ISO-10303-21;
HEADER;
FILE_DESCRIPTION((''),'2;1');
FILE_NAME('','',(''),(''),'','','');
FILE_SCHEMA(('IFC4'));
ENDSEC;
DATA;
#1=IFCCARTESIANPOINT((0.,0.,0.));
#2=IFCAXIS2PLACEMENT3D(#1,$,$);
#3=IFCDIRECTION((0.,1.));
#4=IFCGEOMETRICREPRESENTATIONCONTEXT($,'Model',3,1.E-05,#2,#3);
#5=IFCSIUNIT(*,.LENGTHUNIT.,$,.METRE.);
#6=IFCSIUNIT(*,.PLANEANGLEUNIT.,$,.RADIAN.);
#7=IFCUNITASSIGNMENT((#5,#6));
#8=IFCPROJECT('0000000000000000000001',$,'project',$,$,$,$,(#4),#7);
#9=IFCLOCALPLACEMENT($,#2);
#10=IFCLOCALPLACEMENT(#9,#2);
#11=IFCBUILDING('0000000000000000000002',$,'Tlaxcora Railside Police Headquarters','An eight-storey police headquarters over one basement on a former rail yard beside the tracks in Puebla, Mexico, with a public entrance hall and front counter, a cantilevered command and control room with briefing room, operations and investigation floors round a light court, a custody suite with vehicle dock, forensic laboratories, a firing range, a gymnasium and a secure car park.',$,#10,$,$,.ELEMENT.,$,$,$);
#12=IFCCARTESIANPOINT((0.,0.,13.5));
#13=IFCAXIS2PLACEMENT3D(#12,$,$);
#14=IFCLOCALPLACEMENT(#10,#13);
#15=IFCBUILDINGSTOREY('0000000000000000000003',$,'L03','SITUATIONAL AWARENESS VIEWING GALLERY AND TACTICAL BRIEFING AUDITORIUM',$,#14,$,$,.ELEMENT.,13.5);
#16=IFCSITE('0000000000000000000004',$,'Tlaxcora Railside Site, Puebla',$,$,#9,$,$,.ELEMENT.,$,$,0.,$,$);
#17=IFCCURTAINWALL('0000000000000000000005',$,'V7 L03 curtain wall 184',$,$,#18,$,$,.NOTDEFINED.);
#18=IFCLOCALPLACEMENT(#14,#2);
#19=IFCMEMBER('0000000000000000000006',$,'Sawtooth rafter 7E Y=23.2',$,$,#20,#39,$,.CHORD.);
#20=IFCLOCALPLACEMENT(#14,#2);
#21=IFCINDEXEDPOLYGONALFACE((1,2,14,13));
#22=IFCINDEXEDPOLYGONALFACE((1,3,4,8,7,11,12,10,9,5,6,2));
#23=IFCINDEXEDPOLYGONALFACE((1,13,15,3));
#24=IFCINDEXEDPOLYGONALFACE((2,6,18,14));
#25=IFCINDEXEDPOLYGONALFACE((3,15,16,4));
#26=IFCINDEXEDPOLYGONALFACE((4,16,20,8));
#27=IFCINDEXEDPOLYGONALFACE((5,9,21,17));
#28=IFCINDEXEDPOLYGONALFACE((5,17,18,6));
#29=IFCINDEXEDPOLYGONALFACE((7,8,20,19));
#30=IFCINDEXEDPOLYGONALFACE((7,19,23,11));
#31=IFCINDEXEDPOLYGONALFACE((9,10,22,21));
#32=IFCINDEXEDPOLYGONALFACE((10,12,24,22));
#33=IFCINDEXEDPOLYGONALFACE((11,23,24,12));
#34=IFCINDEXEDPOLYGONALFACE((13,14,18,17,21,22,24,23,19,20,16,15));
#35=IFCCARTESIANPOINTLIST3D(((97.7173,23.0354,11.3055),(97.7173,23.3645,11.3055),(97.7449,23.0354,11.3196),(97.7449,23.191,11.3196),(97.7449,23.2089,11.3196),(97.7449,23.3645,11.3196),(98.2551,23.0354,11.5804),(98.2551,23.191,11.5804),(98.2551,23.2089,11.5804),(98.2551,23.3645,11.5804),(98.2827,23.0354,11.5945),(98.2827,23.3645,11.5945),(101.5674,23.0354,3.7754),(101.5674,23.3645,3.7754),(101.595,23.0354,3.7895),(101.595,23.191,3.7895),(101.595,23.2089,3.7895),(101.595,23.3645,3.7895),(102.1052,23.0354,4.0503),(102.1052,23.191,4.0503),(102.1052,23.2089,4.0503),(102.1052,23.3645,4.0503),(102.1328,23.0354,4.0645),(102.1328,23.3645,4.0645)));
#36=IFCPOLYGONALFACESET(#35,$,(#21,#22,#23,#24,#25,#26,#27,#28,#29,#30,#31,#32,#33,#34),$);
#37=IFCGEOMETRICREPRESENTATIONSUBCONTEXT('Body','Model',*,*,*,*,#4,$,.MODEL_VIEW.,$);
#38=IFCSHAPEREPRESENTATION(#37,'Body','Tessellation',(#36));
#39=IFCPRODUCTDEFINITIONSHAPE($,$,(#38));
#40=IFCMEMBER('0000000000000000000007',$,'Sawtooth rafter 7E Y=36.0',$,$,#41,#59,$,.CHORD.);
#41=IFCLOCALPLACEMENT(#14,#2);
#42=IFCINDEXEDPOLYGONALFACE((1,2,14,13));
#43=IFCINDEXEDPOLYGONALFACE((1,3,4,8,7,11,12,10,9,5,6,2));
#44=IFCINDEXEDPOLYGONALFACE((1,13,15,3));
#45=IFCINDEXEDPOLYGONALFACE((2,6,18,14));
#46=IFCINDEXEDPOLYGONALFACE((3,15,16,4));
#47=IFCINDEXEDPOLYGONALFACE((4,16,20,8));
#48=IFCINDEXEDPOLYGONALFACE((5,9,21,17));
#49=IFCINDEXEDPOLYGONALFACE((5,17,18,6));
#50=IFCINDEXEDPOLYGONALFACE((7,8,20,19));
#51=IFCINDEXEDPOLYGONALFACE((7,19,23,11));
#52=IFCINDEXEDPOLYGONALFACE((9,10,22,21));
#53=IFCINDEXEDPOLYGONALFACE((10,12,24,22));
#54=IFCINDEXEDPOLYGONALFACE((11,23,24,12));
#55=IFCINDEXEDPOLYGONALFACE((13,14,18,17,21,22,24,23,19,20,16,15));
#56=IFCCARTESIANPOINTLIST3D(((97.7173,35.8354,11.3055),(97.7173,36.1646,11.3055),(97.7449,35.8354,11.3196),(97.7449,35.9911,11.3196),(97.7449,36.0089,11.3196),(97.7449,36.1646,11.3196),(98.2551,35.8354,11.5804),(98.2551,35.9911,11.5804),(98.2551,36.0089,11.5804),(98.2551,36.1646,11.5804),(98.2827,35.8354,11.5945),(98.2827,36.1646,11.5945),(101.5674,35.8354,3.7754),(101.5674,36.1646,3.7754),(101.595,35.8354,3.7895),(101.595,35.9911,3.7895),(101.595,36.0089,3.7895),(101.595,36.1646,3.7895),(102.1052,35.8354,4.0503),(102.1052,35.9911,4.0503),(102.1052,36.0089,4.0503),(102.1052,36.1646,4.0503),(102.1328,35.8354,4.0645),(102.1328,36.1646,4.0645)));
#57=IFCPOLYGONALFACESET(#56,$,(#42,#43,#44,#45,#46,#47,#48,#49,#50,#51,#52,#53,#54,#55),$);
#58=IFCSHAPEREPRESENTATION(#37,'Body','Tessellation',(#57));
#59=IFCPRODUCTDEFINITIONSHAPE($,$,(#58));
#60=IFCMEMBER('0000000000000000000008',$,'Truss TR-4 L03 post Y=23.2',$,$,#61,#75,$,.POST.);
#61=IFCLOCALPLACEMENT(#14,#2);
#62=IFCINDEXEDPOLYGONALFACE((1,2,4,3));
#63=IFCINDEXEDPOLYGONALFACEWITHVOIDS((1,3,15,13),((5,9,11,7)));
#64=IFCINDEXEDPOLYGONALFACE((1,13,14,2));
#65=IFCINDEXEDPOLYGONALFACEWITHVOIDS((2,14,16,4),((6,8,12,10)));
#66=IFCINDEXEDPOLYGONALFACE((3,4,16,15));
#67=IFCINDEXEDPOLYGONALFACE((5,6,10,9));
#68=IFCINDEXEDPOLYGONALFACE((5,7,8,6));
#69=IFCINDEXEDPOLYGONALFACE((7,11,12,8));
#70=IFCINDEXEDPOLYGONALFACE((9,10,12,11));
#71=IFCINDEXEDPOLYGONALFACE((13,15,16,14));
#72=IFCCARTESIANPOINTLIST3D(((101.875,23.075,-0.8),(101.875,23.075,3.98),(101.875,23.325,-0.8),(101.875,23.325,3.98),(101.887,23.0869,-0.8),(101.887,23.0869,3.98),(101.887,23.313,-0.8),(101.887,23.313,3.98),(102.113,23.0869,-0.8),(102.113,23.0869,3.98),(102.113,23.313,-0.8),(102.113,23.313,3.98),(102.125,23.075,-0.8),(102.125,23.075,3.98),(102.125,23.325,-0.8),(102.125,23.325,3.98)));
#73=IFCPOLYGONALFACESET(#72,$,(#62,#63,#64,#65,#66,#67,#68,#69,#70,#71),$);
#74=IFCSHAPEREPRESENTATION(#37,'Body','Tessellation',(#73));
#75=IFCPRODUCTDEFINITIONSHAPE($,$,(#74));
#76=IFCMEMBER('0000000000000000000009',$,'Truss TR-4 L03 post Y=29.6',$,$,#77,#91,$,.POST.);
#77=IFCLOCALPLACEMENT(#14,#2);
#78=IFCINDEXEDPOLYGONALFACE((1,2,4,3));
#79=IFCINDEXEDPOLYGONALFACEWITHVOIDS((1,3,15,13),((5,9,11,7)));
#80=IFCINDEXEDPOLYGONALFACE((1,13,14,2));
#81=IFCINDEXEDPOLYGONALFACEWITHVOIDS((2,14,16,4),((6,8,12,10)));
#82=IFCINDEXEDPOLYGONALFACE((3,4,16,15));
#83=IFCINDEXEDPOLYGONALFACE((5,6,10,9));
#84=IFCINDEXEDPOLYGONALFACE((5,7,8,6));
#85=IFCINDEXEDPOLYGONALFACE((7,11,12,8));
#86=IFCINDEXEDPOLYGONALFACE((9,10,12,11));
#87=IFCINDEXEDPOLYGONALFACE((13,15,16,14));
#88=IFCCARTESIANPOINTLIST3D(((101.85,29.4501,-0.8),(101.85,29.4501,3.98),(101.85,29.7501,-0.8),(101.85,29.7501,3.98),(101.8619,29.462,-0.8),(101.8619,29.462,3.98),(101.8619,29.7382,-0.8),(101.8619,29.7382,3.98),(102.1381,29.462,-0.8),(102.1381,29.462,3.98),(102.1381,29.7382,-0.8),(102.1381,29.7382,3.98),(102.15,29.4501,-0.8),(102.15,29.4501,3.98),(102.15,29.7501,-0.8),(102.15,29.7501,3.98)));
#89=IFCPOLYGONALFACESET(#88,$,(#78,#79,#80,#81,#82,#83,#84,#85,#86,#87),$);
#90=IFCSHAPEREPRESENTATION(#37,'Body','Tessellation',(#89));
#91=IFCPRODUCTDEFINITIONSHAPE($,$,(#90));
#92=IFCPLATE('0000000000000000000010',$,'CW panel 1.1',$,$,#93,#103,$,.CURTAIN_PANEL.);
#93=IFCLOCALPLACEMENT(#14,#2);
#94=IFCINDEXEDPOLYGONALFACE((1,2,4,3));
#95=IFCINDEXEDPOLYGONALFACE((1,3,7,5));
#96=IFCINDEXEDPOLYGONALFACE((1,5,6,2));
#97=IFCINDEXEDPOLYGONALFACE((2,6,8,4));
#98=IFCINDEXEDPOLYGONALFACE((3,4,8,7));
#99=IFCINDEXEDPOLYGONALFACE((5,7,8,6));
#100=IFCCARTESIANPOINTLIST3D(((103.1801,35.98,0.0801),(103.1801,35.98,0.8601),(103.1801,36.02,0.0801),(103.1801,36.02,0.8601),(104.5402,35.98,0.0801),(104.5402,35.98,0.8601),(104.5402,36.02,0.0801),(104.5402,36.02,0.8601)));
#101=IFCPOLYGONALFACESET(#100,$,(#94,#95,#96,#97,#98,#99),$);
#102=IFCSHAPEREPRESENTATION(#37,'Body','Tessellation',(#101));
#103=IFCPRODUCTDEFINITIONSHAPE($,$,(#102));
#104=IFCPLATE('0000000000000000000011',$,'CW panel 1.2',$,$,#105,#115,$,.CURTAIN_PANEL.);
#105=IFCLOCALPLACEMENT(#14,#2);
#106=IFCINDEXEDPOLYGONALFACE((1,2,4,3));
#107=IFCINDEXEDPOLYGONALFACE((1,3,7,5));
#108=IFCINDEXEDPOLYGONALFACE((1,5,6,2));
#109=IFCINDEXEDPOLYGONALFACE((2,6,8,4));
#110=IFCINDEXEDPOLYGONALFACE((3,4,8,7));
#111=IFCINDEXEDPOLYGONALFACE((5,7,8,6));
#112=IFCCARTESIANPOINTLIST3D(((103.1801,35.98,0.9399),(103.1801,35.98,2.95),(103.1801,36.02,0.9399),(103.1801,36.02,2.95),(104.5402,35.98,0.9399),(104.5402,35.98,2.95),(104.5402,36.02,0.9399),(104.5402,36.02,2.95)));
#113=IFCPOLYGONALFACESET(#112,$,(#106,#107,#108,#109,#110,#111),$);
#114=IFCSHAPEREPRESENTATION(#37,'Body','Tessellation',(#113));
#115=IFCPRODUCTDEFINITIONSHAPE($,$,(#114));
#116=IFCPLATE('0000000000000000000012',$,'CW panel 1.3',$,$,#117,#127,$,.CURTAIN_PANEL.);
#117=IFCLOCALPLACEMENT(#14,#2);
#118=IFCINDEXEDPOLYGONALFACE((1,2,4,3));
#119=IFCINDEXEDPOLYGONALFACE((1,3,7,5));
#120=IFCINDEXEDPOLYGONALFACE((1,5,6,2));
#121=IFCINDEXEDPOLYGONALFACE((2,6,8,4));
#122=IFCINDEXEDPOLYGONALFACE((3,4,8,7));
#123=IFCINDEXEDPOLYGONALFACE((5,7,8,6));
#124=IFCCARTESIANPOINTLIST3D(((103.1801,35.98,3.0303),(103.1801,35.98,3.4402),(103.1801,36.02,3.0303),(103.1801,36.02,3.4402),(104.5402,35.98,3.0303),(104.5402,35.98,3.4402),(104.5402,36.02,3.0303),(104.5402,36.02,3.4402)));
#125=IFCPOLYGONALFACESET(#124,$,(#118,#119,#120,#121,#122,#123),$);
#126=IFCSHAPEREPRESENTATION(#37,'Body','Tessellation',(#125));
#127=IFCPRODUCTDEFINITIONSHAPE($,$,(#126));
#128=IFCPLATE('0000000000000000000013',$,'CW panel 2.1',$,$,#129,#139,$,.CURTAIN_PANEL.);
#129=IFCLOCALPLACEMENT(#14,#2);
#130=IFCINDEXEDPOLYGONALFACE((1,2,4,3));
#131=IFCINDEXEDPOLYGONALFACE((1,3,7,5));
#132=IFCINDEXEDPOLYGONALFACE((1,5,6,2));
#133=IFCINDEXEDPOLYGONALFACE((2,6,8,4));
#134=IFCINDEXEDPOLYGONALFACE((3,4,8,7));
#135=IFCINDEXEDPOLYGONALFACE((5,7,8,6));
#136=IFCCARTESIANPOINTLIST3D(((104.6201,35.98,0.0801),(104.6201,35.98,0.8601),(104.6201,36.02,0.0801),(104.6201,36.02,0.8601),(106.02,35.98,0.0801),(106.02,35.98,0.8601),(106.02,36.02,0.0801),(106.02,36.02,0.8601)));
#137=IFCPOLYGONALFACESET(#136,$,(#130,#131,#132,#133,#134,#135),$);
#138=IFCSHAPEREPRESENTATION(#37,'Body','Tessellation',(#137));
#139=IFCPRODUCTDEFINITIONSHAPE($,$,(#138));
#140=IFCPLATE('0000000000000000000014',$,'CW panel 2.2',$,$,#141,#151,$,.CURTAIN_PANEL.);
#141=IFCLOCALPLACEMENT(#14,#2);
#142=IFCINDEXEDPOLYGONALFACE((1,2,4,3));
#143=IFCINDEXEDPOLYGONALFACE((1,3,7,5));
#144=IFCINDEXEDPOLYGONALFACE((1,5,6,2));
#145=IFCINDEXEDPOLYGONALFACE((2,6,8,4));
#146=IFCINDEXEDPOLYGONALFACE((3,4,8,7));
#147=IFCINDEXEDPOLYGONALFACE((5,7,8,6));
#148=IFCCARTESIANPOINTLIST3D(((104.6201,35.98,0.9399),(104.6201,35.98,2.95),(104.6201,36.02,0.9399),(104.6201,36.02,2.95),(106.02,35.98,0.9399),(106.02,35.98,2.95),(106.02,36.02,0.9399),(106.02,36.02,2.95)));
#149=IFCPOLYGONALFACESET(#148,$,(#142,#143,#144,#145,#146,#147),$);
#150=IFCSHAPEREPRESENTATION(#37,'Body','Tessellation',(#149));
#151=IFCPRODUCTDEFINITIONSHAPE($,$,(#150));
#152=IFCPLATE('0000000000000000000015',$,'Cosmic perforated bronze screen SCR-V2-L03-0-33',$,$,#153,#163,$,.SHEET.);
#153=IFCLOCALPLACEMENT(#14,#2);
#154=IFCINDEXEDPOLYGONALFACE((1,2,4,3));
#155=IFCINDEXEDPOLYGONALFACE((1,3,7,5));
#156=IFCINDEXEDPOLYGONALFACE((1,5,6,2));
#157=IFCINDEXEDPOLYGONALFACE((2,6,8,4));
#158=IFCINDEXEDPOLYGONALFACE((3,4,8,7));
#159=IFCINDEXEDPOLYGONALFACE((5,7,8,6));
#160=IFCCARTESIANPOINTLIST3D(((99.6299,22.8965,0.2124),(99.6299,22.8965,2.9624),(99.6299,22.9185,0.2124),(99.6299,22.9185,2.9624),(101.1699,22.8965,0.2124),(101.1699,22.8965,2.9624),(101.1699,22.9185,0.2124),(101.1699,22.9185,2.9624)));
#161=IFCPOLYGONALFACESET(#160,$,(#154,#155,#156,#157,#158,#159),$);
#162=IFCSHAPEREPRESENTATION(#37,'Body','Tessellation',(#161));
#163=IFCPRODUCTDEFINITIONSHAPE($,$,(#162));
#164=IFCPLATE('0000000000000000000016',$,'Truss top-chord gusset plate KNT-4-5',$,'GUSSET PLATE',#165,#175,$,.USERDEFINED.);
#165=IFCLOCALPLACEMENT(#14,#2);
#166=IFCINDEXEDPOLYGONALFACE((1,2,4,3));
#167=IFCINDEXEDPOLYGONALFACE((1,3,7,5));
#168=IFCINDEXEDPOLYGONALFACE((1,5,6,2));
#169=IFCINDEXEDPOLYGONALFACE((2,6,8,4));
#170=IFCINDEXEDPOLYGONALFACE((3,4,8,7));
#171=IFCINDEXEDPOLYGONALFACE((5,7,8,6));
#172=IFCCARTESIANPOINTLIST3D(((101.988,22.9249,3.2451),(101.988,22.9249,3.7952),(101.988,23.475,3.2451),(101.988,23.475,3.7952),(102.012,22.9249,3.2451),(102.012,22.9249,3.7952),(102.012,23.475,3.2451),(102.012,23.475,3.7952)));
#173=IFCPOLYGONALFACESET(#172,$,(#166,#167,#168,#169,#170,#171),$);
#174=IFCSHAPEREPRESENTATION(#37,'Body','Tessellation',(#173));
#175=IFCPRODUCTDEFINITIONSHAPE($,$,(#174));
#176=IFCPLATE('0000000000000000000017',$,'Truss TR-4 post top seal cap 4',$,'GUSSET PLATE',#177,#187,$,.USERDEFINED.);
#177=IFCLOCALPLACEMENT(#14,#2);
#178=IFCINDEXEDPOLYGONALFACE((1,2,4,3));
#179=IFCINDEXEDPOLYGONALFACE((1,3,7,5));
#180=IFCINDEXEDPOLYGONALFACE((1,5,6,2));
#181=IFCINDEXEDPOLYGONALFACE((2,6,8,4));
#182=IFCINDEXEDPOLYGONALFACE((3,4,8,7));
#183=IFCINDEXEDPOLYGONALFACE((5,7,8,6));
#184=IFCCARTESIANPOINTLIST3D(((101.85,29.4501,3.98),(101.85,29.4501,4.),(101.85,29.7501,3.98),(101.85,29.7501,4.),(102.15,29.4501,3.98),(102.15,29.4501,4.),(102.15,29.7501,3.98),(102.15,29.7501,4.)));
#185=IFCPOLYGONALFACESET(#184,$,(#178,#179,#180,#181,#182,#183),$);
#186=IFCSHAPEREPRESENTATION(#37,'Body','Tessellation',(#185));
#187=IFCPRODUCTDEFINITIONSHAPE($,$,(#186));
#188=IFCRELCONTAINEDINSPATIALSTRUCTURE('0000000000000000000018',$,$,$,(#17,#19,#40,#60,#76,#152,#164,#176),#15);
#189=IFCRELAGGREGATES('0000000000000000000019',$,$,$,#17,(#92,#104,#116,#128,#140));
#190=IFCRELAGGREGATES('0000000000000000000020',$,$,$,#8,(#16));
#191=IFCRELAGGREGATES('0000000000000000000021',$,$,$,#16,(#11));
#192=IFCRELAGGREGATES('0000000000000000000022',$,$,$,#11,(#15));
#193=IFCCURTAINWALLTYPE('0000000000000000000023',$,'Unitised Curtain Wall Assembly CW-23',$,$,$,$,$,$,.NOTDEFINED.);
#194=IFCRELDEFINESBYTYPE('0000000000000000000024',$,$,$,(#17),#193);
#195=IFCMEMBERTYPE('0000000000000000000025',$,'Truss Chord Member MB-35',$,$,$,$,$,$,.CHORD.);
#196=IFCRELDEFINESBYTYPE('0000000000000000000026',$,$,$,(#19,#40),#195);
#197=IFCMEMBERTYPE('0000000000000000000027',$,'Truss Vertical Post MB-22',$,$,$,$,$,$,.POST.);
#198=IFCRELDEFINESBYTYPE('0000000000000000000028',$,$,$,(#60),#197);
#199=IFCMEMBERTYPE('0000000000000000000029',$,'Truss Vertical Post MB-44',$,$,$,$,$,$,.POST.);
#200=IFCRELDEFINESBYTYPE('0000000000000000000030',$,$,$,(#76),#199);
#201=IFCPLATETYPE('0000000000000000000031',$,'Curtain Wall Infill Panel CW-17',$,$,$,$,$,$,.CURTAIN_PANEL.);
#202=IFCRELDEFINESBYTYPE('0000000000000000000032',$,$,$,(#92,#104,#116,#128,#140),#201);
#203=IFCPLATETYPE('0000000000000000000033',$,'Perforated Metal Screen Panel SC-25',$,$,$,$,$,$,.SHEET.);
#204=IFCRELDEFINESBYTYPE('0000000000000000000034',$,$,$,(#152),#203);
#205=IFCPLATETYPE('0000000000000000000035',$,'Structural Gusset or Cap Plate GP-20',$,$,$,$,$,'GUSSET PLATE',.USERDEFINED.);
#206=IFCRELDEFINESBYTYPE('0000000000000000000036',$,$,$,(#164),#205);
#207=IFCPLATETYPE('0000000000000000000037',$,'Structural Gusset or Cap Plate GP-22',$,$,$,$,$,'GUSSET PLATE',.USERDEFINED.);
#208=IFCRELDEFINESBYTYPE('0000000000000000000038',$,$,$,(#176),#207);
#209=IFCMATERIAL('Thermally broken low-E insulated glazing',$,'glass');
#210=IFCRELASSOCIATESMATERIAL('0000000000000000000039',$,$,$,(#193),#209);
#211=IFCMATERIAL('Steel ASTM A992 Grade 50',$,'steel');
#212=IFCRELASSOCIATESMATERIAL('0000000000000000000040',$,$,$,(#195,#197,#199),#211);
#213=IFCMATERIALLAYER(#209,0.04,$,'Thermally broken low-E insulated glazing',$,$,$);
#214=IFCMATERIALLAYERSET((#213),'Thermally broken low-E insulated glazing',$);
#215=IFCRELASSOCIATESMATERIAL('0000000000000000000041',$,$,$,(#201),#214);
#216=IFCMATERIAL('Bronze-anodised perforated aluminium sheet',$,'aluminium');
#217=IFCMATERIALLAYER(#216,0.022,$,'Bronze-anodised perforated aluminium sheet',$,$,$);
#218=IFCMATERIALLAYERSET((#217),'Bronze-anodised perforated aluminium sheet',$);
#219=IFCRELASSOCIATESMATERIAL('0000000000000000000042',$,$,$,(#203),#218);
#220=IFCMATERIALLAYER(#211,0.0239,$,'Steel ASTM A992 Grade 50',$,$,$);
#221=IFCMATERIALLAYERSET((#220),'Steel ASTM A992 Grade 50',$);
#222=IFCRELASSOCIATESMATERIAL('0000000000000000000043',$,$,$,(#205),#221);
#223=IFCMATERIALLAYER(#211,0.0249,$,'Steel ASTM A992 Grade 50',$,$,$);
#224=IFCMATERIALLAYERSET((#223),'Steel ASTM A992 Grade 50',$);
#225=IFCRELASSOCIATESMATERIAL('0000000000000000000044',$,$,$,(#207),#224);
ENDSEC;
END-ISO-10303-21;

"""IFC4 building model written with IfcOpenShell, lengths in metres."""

from ifc_helpers import new_model, si_unit, direction, frame, origin, origin_2d, place, context, subcontext, project, spatial, rectangle, hollow_rectangle, i_section, extrude, material, layer, layer_set, material_profile, profile_set, type_object, element, aggregate, save


model = new_model("IFC4")

# Units and contexts
model_context = context("Model", 3, precision=1e-05, world=origin(), true_north=direction((0.0, 1.0)))
body_context = subcontext(model_context, "Body", "Model", "MODEL_VIEW")
ifc_project = project(units=[si_unit("LENGTHUNIT", "METRE"), si_unit("PLANEANGLEUNIT", "RADIAN")], contexts=[model_context])

# Site, building, storey
site_placement = place(None, origin())
site = spatial("IfcSite", under=ifc_project, at=site_placement, Name="Tlaxcora Railside Site, Puebla", CompositionType="ELEMENT", RefElevation=0.0)
building_placement = place(site_placement, origin())
building = spatial("IfcBuilding", under=site, at=building_placement, Name="Tlaxcora Railside Police Headquarters", Description="An eight-storey police headquarters over one basement on a former rail yard beside the tracks in Puebla, Mexico, with a public entrance hall and front counter, a cantilevered command and control room with briefing room, operations and investigation floors round a light court, a custody suite with vehicle dock, forensic laboratories, a firing range, a gymnasium and a secure car park.", CompositionType="ELEMENT")
storey_placement = place(building_placement, frame((0.0, 0.0, 13.5)))
storey = spatial("IfcBuildingStorey", under=building, at=storey_placement, Name="L03", Description="SITUATIONAL AWARENESS VIEWING GALLERY AND TACTICAL BRIEFING AUDITORIUM", CompositionType="ELEMENT", Elevation=13.5)

# Curtain wall
ifc_material_1 = material(Name="Thermally broken low-E insulated glazing", Category="glass")
curtain_wall_type = type_object("IfcCurtainWallType", Name="Unitised Curtain Wall Assembly CW-23", PredefinedType="NOTDEFINED", material=ifc_material_1)
curtain_wall_placement = place(storey_placement, origin())
curtain_wall = element("IfcCurtainWall", 1, at=curtain_wall_placement, inside=storey, type_object=curtain_wall_type, Name="V7 L03 curtain wall 184", PredefinedType="NOTDEFINED")

# Shared definitions
ifc_material_2 = material(Name="Steel ASTM A992 Grade 50", Category="steel")

# Members
ifc_material_profile_1 = material_profile(ifc_material_2, i_section(OverallWidth=0.3291, OverallDepth=0.635, WebThickness=0.0178, FlangeThickness=0.031, at=origin_2d()), Name="W24X162")
ifc_profile_set_1 = profile_set([ifc_material_profile_1], Name="Steel ASTM A992 Grade 50")
member_type_1 = type_object("IfcMemberType", Name="Truss Chord Member MB-35", PredefinedType="CHORD", material=ifc_profile_set_1)
for number, where, z_axis, x_axis, name in (
    (2, (101.8501, 23.2, 3.9199), (-0.455244, 0.0, 0.890367), (0.0, -1.0, 0.0), "Sawtooth rafter 7E Y=23.2"),
    (3, (101.8501, 36.0, 3.9199), (-0.455244, 0.0, 0.890367), (0.0, -1.0, 0.0), "Sawtooth rafter 7E Y=36.0"),
):
    element("IfcMember", number, at=place(storey_placement, frame(where, z_axis=z_axis, x_axis=x_axis)), inside=storey, type_object=member_type_1, Name=name, PredefinedType="CHORD", context=body_context, shape_type="SweptSolid", body=[
        extrude(i_section(OverallWidth=0.3291, OverallDepth=0.635, WebThickness=0.0178, FlangeThickness=0.031, at=origin_2d()), origin(), (0.0, 0.0, 1.0), 8.4573),
    ])
ifc_material_profile_2 = material_profile(ifc_material_2, hollow_rectangle(XDim=0.25, YDim=0.25, WallThickness=0.012, at=origin_2d()), Name="HSS250X250X12")
ifc_profile_set_2 = profile_set([ifc_material_profile_2], Name="Steel ASTM A992 Grade 50")
member_type_2 = type_object("IfcMemberType", Name="Truss Vertical Post MB-22", PredefinedType="POST", material=ifc_profile_set_2)
member_1_placement = place(storey_placement, frame((102.0, 23.2, -0.8), z_axis=(0.0, 0.0, 1.0), x_axis=(1.0, 0.0, 0.0)))
element("IfcMember", 4, at=member_1_placement, inside=storey, type_object=member_type_2, Name="Truss TR-4 L03 post Y=23.2", PredefinedType="POST", context=body_context, shape_type="SweptSolid", body=[
    extrude(hollow_rectangle(XDim=0.25, YDim=0.25, WallThickness=0.012, at=origin_2d()), origin(), (0.0, 0.0, 1.0), 4.78),
])
ifc_material_profile_3 = material_profile(ifc_material_2, hollow_rectangle(XDim=0.3, YDim=0.3, WallThickness=0.012, at=origin_2d()), Name="HSS300X300X12")
ifc_profile_set_3 = profile_set([ifc_material_profile_3], Name="Steel ASTM A992 Grade 50")
member_type_3 = type_object("IfcMemberType", Name="Truss Vertical Post MB-44", PredefinedType="POST", material=ifc_profile_set_3)
member_2_placement = place(storey_placement, frame((102.0, 29.6001, -0.8), z_axis=(0.0, 0.0, 1.0), x_axis=(1.0, 0.0, 0.0)))
element("IfcMember", 5, at=member_2_placement, inside=storey, type_object=member_type_3, Name="Truss TR-4 L03 post Y=29.6", PredefinedType="POST", context=body_context, shape_type="SweptSolid", body=[
    extrude(hollow_rectangle(XDim=0.3, YDim=0.3, WallThickness=0.012, at=origin_2d()), origin(), (0.0, 0.0, 1.0), 4.78),
])

# Plates
ifc_layer_1 = layer(ifc_material_1, 0.04, Name="Thermally broken low-E insulated glazing")
ifc_layer_set_1 = layer_set([ifc_layer_1], Name="Thermally broken low-E insulated glazing")
plate_type_1 = type_object("IfcPlateType", Name="Curtain Wall Infill Panel CW-17", PredefinedType="CURTAIN_PANEL", material=ifc_layer_set_1)
plate_1_placement = place(storey_placement, frame((103.8601, 36.0, 0.0801), z_axis=(0.0, 0.0, 1.0), x_axis=(1.0, 0.0, 0.0)))
plate_1 = element("IfcPlate", 6, at=plate_1_placement, type_object=plate_type_1, Name="CW panel 1.1", PredefinedType="CURTAIN_PANEL", context=body_context, shape_type="SweptSolid", body=[
    extrude(rectangle(XDim=1.3601, YDim=0.04, at=origin_2d()), origin(), (0.0, 0.0, 1.0), 0.78),
])
plate_2_placement = place(storey_placement, frame((103.8601, 36.0, 0.9399), z_axis=(0.0, 0.0, 1.0), x_axis=(1.0, 0.0, 0.0)))
plate_2 = element("IfcPlate", 7, at=plate_2_placement, type_object=plate_type_1, Name="CW panel 1.2", PredefinedType="CURTAIN_PANEL", context=body_context, shape_type="SweptSolid", body=[
    extrude(rectangle(XDim=1.3601, YDim=0.04, at=origin_2d()), origin(), (0.0, 0.0, 1.0), 2.01),
])
plate_3_placement = place(storey_placement, frame((103.8601, 36.0, 3.0303), z_axis=(0.0, 0.0, 1.0), x_axis=(1.0, 0.0, 0.0)))
plate_3 = element("IfcPlate", 8, at=plate_3_placement, type_object=plate_type_1, Name="CW panel 1.3", PredefinedType="CURTAIN_PANEL", context=body_context, shape_type="SweptSolid", body=[
    extrude(rectangle(XDim=1.3601, YDim=0.04, at=origin_2d()), origin(), (0.0, 0.0, 1.0), 0.4099),
])
plate_4_placement = place(storey_placement, frame((105.3201, 36.0, 0.0801), z_axis=(0.0, 0.0, 1.0), x_axis=(1.0, 0.0, 0.0)))
plate_4 = element("IfcPlate", 9, at=plate_4_placement, type_object=plate_type_1, Name="CW panel 2.1", PredefinedType="CURTAIN_PANEL", context=body_context, shape_type="SweptSolid", body=[
    extrude(rectangle(XDim=1.3999, YDim=0.04, at=origin_2d()), origin(), (0.0, 0.0, 1.0), 0.78),
])
plate_5_placement = place(storey_placement, frame((105.3201, 36.0, 0.9399), z_axis=(0.0, 0.0, 1.0), x_axis=(1.0, 0.0, 0.0)))
plate_5 = element("IfcPlate", 10, at=plate_5_placement, type_object=plate_type_1, Name="CW panel 2.2", PredefinedType="CURTAIN_PANEL", context=body_context, shape_type="SweptSolid", body=[
    extrude(rectangle(XDim=1.3999, YDim=0.04, at=origin_2d()), origin(), (0.0, 0.0, 1.0), 2.01),
])
aggregate(curtain_wall, [plate_1, plate_2, plate_3, plate_4, plate_5])

# Plates
ifc_material_3 = material(Name="Bronze-anodised perforated aluminium sheet", Category="aluminium")
ifc_layer_2 = layer(ifc_material_3, 0.022, Name="Bronze-anodised perforated aluminium sheet")
ifc_layer_set_2 = layer_set([ifc_layer_2], Name="Bronze-anodised perforated aluminium sheet")
plate_type_2 = type_object("IfcPlateType", Name="Perforated Metal Screen Panel SC-25", PredefinedType="SHEET", material=ifc_layer_set_2)
plate_6_placement = place(storey_placement, frame((100.3999, 22.9075, 0.2124), z_axis=(0.0, 0.0, 1.0), x_axis=(1.0, 0.0, 0.0)))
element("IfcPlate", 11, at=plate_6_placement, inside=storey, type_object=plate_type_2, Name="Cosmic perforated bronze screen SCR-V2-L03-0-33", PredefinedType="SHEET", context=body_context, shape_type="SweptSolid", body=[
    extrude(rectangle(XDim=1.54, YDim=0.022, at=origin_2d()), origin(), (0.0, 0.0, 1.0), 2.75),
])
ifc_layer_3 = layer(ifc_material_2, 0.0239, Name="Steel ASTM A992 Grade 50")
ifc_layer_set_3 = layer_set([ifc_layer_3], Name="Steel ASTM A992 Grade 50")
plate_type_3 = type_object("IfcPlateType", Name="Structural Gusset or Cap Plate GP-20", ElementType="GUSSET PLATE", PredefinedType="USERDEFINED", material=ifc_layer_set_3)
plate_7_placement = place(storey_placement, frame((102.0, 23.2, 3.2451), z_axis=(0.0, 0.0, 1.0), x_axis=(0.0, 1.0, 0.0)))
element("IfcPlate", 12, at=plate_7_placement, inside=storey, type_object=plate_type_3, Name="Truss top-chord gusset plate KNT-4-5", ObjectType="GUSSET PLATE", PredefinedType="USERDEFINED", context=body_context, shape_type="SweptSolid", body=[
    extrude(rectangle(XDim=0.55, YDim=0.0239, at=origin_2d()), origin(), (0.0, 0.0, 1.0), 0.55),
])
ifc_layer_4 = layer(ifc_material_2, 0.0249, Name="Steel ASTM A992 Grade 50")
ifc_layer_set_4 = layer_set([ifc_layer_4], Name="Steel ASTM A992 Grade 50")
plate_type_4 = type_object("IfcPlateType", Name="Structural Gusset or Cap Plate GP-22", ElementType="GUSSET PLATE", PredefinedType="USERDEFINED", material=ifc_layer_set_4)
plate_8_placement = place(storey_placement, frame((102.0, 29.6001, 3.98), z_axis=(0.0, 0.0, 1.0), x_axis=(1.0, 0.0, 0.0)))
element("IfcPlate", 13, at=plate_8_placement, inside=storey, type_object=plate_type_4, Name="Truss TR-4 post top seal cap 4", ObjectType="GUSSET PLATE", PredefinedType="USERDEFINED", context=body_context, shape_type="SweptSolid", body=[
    extrude(rectangle(XDim=0.3, YDim=0.3, at=origin_2d()), origin(), (0.0, 0.0, 1.0), 0.02),
])

save(model, "model.ifc")
